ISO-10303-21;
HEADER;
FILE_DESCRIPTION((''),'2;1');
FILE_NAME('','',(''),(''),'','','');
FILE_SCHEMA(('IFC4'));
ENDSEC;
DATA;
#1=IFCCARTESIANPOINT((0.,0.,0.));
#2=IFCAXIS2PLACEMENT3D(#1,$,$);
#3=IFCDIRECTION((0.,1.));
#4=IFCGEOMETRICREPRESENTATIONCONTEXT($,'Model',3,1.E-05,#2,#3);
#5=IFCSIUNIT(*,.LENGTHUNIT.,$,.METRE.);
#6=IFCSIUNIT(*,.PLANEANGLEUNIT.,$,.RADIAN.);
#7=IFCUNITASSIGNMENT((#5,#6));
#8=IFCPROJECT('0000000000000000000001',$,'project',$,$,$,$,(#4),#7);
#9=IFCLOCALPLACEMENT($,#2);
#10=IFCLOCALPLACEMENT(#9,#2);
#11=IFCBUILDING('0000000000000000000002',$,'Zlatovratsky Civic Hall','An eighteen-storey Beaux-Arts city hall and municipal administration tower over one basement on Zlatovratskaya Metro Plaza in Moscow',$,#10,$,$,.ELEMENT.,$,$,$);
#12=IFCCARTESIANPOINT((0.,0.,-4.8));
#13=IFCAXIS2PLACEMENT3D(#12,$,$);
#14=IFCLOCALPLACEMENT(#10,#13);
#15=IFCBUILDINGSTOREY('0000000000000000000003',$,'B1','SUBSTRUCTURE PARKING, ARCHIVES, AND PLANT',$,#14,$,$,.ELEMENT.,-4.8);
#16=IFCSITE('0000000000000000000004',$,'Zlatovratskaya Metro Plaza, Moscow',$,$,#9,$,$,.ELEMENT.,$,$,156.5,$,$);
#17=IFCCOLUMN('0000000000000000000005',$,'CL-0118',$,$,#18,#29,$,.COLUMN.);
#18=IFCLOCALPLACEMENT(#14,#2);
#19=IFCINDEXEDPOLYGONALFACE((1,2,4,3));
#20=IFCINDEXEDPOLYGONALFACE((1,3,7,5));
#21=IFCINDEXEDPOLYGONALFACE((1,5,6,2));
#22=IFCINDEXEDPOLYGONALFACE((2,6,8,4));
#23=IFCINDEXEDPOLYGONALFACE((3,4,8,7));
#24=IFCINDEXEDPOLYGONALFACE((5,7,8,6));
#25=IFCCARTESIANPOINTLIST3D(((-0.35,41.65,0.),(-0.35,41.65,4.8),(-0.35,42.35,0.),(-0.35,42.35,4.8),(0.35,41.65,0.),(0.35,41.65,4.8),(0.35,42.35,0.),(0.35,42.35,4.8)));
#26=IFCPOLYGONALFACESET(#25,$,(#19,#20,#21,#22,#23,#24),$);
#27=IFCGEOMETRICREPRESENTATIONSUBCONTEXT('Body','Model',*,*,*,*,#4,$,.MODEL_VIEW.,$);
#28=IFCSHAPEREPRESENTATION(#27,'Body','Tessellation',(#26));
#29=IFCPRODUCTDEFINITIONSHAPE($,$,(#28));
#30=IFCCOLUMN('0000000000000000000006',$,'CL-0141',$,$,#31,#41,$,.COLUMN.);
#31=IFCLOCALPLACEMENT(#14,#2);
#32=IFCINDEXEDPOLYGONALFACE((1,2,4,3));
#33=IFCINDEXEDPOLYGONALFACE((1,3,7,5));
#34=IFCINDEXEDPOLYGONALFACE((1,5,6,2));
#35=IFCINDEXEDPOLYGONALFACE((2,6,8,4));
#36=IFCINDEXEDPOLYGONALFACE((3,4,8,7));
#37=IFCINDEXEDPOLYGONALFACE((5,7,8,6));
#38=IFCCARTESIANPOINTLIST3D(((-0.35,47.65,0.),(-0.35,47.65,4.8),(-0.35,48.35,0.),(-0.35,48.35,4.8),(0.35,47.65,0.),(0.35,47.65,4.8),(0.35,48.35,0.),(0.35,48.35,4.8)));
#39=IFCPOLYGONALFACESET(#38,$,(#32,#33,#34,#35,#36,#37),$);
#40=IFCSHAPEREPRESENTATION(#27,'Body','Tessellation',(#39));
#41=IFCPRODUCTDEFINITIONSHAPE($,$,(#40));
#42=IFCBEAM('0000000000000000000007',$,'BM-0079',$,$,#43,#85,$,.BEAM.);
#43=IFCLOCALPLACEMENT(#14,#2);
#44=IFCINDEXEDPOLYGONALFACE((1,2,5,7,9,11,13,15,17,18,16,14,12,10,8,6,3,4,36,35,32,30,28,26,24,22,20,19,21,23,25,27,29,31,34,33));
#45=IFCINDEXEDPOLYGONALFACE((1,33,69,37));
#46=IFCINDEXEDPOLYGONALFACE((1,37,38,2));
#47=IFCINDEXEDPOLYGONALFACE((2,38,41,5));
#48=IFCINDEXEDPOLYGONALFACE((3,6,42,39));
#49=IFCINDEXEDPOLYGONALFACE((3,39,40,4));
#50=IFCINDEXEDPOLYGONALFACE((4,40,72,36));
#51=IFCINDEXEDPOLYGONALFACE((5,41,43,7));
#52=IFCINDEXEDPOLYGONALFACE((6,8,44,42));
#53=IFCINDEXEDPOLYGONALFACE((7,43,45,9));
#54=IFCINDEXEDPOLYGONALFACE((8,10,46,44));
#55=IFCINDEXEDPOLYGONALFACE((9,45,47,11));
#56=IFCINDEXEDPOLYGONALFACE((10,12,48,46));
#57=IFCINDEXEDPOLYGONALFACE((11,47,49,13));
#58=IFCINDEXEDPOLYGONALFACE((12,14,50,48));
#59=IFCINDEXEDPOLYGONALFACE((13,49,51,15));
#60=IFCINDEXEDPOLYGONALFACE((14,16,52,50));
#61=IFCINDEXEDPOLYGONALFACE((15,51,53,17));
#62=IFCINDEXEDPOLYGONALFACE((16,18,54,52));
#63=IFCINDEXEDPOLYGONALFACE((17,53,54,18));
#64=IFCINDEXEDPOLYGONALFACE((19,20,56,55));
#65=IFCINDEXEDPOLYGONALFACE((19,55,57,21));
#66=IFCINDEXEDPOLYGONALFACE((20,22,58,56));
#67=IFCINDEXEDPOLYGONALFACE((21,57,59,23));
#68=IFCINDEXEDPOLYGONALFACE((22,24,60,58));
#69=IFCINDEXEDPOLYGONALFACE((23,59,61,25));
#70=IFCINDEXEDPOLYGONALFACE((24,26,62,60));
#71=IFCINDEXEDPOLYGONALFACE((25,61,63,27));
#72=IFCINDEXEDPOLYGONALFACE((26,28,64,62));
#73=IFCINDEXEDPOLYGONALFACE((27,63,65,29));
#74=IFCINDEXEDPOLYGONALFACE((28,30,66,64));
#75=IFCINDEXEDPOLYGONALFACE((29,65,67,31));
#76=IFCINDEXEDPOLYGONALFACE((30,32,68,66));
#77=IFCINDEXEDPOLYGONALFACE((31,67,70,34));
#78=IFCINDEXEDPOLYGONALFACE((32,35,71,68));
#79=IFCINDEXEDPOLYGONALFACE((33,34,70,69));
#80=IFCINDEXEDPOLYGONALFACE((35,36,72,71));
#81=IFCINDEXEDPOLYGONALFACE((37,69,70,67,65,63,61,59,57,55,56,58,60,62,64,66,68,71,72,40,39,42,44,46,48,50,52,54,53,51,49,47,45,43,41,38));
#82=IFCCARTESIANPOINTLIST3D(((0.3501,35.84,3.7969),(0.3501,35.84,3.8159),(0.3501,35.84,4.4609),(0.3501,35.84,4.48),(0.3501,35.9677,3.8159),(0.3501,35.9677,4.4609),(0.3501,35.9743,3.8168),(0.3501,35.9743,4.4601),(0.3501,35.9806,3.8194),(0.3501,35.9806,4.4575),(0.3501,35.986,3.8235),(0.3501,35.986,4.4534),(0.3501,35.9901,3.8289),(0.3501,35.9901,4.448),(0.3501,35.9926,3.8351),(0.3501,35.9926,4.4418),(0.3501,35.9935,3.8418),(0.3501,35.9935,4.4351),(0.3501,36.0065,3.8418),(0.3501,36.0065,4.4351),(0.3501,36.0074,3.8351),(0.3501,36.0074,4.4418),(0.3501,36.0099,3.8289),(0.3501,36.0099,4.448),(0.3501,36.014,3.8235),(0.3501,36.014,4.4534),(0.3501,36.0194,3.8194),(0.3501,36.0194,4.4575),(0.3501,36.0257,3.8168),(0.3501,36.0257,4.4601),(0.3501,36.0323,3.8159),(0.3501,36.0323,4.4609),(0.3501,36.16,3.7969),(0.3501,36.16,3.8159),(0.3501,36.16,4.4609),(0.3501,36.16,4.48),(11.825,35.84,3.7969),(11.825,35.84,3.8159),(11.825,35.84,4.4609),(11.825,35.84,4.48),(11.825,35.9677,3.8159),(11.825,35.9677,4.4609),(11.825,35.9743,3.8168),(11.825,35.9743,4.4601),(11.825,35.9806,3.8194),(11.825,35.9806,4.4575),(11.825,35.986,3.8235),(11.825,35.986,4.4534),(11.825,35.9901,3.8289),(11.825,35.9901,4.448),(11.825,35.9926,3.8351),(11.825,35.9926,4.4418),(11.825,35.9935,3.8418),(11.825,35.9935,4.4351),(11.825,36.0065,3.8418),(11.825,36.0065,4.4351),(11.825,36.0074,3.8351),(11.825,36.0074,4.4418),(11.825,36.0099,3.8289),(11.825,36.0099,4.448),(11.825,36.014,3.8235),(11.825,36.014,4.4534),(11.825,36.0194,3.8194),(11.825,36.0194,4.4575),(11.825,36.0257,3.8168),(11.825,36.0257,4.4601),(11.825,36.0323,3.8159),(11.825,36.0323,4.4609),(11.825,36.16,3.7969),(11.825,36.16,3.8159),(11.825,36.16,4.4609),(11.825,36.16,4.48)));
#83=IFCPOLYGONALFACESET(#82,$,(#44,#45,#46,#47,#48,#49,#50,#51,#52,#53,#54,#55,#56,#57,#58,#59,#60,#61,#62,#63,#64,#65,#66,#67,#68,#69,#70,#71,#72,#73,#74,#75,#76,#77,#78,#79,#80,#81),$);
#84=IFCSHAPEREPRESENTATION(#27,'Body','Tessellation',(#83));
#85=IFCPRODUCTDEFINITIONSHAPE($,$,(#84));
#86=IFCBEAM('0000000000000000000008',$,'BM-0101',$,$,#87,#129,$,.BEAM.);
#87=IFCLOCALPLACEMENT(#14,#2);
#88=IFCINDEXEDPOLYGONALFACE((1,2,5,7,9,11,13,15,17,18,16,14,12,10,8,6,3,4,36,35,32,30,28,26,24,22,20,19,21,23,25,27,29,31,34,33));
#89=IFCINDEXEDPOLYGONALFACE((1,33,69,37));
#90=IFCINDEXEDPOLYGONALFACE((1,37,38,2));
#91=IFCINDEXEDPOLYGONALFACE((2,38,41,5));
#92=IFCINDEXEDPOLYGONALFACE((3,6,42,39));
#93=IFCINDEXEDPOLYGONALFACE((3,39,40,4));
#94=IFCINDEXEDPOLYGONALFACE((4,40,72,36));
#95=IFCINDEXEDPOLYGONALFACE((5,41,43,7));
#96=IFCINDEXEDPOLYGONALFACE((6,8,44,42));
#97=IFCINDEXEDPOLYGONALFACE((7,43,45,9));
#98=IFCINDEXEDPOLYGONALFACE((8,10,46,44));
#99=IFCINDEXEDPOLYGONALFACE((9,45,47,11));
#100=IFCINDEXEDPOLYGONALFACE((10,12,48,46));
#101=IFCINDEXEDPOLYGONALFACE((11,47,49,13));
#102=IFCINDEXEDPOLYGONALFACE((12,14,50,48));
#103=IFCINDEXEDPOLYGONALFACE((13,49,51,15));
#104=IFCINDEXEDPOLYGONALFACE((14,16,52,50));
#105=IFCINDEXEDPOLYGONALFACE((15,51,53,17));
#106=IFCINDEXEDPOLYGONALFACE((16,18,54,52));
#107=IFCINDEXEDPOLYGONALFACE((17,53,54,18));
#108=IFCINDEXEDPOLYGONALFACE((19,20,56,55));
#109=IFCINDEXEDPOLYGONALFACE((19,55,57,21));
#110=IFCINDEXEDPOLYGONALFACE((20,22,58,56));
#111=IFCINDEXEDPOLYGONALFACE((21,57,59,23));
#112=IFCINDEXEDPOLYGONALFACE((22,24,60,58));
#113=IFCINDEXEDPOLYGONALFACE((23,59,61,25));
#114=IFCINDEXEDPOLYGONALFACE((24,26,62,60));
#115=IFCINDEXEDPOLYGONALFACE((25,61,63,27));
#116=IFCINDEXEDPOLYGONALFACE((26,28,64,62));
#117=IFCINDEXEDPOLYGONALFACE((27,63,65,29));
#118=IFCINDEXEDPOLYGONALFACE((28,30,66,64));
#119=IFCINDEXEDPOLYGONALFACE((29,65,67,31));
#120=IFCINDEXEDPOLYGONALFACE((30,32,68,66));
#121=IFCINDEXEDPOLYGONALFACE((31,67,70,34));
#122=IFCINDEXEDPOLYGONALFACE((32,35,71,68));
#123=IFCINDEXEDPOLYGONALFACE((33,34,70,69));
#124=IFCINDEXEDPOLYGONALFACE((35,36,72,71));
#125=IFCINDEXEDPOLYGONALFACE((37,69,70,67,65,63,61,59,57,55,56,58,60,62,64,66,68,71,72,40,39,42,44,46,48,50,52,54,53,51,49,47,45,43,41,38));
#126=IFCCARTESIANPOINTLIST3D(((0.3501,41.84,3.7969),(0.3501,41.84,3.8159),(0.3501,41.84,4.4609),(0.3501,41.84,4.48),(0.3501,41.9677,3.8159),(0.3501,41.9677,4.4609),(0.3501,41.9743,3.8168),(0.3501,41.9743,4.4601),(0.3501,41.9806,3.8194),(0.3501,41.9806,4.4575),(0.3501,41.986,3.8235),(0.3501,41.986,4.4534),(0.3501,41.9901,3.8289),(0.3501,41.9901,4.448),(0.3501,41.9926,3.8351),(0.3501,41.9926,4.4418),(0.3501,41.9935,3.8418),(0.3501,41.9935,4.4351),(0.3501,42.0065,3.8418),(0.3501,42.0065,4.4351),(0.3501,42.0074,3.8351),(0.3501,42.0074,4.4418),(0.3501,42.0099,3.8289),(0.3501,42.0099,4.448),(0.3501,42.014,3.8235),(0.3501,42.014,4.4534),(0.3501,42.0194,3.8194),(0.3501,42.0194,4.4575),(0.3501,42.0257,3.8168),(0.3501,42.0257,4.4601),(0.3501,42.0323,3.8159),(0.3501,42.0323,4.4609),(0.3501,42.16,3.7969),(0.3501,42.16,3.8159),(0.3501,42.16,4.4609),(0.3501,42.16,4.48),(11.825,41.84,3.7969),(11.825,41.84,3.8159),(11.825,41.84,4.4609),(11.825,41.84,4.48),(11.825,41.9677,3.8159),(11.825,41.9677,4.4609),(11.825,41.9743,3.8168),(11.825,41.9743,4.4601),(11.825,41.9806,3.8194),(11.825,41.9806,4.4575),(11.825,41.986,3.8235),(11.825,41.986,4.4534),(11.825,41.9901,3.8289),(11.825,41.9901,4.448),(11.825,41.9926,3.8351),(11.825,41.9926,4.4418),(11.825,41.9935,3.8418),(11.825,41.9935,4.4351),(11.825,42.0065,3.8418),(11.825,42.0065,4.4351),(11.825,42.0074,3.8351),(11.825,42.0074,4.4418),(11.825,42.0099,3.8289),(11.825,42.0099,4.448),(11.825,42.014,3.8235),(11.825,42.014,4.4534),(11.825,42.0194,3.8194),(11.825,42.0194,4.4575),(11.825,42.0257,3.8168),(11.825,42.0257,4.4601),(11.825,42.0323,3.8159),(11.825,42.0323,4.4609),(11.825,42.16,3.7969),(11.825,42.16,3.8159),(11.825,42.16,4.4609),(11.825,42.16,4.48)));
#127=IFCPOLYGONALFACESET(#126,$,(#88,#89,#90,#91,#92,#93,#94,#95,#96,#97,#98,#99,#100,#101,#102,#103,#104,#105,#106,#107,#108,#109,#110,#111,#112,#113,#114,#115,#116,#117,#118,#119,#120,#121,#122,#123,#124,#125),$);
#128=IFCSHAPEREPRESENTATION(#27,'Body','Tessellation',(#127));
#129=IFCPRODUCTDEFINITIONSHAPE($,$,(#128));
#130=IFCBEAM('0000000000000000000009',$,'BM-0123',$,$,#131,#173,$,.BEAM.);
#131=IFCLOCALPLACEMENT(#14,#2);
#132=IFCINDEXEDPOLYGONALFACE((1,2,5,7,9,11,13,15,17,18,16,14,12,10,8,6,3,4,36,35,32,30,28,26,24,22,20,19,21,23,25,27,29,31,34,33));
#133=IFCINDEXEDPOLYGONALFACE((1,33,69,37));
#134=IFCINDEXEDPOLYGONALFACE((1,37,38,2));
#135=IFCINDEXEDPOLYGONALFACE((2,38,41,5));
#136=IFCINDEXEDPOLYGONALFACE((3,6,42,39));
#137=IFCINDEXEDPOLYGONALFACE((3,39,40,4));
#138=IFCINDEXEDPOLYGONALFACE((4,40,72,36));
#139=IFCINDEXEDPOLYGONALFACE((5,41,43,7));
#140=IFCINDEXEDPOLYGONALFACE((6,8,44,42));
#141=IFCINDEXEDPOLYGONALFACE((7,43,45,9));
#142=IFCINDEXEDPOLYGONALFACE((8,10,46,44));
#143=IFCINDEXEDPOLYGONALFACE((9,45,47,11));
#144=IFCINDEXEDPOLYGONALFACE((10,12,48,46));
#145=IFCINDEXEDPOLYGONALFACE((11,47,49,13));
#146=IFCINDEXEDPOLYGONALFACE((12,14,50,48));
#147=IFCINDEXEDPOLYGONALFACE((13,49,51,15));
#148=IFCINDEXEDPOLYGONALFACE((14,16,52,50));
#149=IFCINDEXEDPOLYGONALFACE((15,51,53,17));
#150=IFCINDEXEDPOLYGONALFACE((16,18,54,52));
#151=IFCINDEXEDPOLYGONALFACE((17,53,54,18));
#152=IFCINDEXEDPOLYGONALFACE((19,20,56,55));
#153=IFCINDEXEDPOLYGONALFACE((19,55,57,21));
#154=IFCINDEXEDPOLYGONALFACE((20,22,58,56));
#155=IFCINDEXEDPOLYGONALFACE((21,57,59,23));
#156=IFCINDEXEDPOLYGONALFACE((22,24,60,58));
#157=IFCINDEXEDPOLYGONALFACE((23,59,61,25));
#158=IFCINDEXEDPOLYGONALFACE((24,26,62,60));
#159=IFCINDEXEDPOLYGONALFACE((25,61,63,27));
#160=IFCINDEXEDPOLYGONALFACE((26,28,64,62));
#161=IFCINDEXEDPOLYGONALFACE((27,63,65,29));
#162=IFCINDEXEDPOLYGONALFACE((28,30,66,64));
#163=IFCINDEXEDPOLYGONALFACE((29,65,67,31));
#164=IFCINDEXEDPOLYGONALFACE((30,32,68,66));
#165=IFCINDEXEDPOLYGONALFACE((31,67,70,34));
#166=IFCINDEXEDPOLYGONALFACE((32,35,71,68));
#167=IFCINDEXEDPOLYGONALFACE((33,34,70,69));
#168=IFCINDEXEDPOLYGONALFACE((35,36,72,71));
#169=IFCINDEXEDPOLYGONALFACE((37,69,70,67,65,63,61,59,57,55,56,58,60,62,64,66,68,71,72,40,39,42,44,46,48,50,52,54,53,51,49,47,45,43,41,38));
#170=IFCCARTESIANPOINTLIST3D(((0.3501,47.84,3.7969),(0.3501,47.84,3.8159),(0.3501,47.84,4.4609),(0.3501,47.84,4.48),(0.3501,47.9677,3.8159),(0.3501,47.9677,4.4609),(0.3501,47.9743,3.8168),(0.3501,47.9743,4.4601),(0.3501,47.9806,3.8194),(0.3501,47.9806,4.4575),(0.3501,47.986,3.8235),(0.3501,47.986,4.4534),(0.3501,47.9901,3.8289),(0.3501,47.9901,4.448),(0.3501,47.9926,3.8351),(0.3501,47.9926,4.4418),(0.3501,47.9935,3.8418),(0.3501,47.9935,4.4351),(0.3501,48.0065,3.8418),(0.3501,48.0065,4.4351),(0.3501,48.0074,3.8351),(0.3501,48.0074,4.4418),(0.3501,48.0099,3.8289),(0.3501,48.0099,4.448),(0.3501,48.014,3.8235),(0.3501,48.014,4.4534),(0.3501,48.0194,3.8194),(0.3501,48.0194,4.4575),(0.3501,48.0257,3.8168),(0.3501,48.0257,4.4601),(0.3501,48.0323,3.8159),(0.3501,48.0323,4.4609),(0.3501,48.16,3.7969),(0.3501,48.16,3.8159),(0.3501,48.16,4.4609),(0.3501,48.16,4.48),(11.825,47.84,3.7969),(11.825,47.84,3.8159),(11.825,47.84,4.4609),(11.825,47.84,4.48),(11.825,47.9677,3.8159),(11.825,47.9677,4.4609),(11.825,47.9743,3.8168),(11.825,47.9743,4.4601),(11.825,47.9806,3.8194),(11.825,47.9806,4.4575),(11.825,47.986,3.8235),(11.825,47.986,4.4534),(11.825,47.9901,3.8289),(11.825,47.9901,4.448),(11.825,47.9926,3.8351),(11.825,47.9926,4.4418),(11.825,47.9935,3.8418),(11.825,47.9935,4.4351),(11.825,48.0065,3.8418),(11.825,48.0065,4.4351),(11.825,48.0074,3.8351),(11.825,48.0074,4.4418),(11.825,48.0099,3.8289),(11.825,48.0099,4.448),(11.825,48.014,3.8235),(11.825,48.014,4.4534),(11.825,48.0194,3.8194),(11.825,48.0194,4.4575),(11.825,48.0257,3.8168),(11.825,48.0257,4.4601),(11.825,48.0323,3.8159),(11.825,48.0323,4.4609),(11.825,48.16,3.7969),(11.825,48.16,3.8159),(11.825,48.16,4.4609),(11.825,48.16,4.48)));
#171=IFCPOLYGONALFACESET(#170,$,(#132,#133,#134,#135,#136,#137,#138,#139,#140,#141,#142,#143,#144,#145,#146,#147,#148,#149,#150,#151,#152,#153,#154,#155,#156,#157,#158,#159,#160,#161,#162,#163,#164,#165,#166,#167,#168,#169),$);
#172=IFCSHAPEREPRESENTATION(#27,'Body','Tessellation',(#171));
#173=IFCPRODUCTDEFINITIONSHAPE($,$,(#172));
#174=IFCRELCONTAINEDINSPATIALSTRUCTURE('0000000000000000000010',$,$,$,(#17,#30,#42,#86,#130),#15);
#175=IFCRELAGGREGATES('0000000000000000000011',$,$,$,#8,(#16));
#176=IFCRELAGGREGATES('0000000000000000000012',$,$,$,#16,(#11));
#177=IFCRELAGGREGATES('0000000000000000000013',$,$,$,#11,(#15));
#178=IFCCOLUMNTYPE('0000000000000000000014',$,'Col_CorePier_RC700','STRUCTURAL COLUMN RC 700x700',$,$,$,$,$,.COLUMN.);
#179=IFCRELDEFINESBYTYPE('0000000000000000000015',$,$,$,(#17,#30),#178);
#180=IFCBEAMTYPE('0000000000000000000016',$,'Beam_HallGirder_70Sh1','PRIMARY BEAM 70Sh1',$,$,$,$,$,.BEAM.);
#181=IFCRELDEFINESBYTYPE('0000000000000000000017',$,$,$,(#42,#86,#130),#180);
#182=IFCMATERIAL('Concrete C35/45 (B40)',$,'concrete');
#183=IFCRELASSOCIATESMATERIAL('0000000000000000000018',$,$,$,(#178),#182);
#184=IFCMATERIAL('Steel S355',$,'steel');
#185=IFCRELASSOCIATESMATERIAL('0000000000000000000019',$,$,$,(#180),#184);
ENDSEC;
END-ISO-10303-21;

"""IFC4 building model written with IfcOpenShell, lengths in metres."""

from ifc_helpers import new_model, si_unit, direction, frame, origin, origin_2d, place, context, subcontext, project, spatial, rectangle, i_section, extrude, material, material_profile, profile_set, type_object, element, save


model = new_model("IFC4")

# Units and contexts
model_context = context("Model", 3, precision=1e-05, world=origin(), true_north=direction((0.0, 1.0)))
body_context = subcontext(model_context, "Body", "Model", "MODEL_VIEW")
ifc_project = project(units=[si_unit("LENGTHUNIT", "METRE"), si_unit("PLANEANGLEUNIT", "RADIAN")], contexts=[model_context])

# Site, building, storey
site_placement = place(None, origin())
site = spatial("IfcSite", under=ifc_project, at=site_placement, Name="Zlatovratskaya Metro Plaza, Moscow", CompositionType="ELEMENT", RefElevation=156.5)
building_placement = place(site_placement, origin())
building = spatial("IfcBuilding", under=site, at=building_placement, Name="Zlatovratsky Civic Hall", Description="An eighteen-storey Beaux-Arts city hall and municipal administration tower over one basement on Zlatovratskaya Metro Plaza in Moscow", CompositionType="ELEMENT")
storey_placement = place(building_placement, frame((0.0, 0.0, -4.8)))
storey = spatial("IfcBuildingStorey", under=building, at=storey_placement, Name="B1", Description="SUBSTRUCTURE PARKING, ARCHIVES, AND PLANT", CompositionType="ELEMENT", Elevation=-4.8)

# Columns
ifc_material_1 = material(Name="Concrete C35/45 (B40)", Category="concrete")
ifc_material_profile_1 = material_profile(ifc_material_1, rectangle(XDim=0.7, YDim=0.7, at=origin_2d()), Name="RC 700x700")
ifc_profile_set_1 = profile_set([ifc_material_profile_1], Name="Concrete C35/45 (B40)")
column_type = type_object("IfcColumnType", Name="Col_CorePier_RC700", Description="STRUCTURAL COLUMN RC 700x700", PredefinedType="COLUMN", material=ifc_profile_set_1)
for number, where, z_axis, x_axis, name in (
    (1, (0.0, 42.0, 0.0), (0.0, 0.0, 1.0), (1.0, 0.0, 0.0), "CL-0118"),
    (2, (0.0, 48.0, 0.0), (0.0, 0.0, 1.0), (1.0, 0.0, 0.0), "CL-0141"),
):
    element("IfcColumn", number, at=place(storey_placement, frame(where, z_axis=z_axis, x_axis=x_axis)), inside=storey, type_object=column_type, Name=name, PredefinedType="COLUMN", context=body_context, shape_type="SweptSolid", body=[
        extrude(rectangle(XDim=0.7, YDim=0.7, at=origin_2d()), origin(), (0.0, 0.0, 1.0), 4.8),
    ])

# Beams
ifc_material_2 = material(Name="Steel S355", Category="steel")
ifc_material_profile_2 = material_profile(ifc_material_2, i_section(OverallWidth=0.3201, OverallDepth=0.6831, WebThickness=0.0129, FlangeThickness=0.019, FilletRadius=0.0259, at=origin_2d()), Name="70Sh1")
ifc_profile_set_2 = profile_set([ifc_material_profile_2], Name="Steel S355")
beam_type_1 = type_object("IfcBeamType", Name="Beam_HallGirder_70Sh1", Description="PRIMARY BEAM 70Sh1", PredefinedType="BEAM", material=ifc_profile_set_2)
for number, where, z_axis, x_axis, name in (
    (3, (0.3501, 36.0, 4.1384), (1.0, 0.0, 0.0), (0.0, 1.0, 0.0), "BM-0079"),
    (4, (0.3501, 42.0, 4.1384), (1.0, 0.0, 0.0), (0.0, 1.0, 0.0), "BM-0101"),
    (5, (0.3501, 48.0, 4.1384), (1.0, 0.0, 0.0), (0.0, 1.0, 0.0), "BM-0123"),
):
    element("IfcBeam", number, at=place(storey_placement, frame(where, z_axis=z_axis, x_axis=x_axis)), inside=storey, type_object=beam_type_1, Name=name, PredefinedType="BEAM", context=body_context, shape_type="SweptSolid", body=[
        extrude(i_section(OverallWidth=0.3201, OverallDepth=0.6831, WebThickness=0.0129, FlangeThickness=0.019, FilletRadius=0.0259, at=origin_2d()), origin(), (0.0, 0.0, 1.0), 11.4749),
    ])

save(model, "model.ifc")
